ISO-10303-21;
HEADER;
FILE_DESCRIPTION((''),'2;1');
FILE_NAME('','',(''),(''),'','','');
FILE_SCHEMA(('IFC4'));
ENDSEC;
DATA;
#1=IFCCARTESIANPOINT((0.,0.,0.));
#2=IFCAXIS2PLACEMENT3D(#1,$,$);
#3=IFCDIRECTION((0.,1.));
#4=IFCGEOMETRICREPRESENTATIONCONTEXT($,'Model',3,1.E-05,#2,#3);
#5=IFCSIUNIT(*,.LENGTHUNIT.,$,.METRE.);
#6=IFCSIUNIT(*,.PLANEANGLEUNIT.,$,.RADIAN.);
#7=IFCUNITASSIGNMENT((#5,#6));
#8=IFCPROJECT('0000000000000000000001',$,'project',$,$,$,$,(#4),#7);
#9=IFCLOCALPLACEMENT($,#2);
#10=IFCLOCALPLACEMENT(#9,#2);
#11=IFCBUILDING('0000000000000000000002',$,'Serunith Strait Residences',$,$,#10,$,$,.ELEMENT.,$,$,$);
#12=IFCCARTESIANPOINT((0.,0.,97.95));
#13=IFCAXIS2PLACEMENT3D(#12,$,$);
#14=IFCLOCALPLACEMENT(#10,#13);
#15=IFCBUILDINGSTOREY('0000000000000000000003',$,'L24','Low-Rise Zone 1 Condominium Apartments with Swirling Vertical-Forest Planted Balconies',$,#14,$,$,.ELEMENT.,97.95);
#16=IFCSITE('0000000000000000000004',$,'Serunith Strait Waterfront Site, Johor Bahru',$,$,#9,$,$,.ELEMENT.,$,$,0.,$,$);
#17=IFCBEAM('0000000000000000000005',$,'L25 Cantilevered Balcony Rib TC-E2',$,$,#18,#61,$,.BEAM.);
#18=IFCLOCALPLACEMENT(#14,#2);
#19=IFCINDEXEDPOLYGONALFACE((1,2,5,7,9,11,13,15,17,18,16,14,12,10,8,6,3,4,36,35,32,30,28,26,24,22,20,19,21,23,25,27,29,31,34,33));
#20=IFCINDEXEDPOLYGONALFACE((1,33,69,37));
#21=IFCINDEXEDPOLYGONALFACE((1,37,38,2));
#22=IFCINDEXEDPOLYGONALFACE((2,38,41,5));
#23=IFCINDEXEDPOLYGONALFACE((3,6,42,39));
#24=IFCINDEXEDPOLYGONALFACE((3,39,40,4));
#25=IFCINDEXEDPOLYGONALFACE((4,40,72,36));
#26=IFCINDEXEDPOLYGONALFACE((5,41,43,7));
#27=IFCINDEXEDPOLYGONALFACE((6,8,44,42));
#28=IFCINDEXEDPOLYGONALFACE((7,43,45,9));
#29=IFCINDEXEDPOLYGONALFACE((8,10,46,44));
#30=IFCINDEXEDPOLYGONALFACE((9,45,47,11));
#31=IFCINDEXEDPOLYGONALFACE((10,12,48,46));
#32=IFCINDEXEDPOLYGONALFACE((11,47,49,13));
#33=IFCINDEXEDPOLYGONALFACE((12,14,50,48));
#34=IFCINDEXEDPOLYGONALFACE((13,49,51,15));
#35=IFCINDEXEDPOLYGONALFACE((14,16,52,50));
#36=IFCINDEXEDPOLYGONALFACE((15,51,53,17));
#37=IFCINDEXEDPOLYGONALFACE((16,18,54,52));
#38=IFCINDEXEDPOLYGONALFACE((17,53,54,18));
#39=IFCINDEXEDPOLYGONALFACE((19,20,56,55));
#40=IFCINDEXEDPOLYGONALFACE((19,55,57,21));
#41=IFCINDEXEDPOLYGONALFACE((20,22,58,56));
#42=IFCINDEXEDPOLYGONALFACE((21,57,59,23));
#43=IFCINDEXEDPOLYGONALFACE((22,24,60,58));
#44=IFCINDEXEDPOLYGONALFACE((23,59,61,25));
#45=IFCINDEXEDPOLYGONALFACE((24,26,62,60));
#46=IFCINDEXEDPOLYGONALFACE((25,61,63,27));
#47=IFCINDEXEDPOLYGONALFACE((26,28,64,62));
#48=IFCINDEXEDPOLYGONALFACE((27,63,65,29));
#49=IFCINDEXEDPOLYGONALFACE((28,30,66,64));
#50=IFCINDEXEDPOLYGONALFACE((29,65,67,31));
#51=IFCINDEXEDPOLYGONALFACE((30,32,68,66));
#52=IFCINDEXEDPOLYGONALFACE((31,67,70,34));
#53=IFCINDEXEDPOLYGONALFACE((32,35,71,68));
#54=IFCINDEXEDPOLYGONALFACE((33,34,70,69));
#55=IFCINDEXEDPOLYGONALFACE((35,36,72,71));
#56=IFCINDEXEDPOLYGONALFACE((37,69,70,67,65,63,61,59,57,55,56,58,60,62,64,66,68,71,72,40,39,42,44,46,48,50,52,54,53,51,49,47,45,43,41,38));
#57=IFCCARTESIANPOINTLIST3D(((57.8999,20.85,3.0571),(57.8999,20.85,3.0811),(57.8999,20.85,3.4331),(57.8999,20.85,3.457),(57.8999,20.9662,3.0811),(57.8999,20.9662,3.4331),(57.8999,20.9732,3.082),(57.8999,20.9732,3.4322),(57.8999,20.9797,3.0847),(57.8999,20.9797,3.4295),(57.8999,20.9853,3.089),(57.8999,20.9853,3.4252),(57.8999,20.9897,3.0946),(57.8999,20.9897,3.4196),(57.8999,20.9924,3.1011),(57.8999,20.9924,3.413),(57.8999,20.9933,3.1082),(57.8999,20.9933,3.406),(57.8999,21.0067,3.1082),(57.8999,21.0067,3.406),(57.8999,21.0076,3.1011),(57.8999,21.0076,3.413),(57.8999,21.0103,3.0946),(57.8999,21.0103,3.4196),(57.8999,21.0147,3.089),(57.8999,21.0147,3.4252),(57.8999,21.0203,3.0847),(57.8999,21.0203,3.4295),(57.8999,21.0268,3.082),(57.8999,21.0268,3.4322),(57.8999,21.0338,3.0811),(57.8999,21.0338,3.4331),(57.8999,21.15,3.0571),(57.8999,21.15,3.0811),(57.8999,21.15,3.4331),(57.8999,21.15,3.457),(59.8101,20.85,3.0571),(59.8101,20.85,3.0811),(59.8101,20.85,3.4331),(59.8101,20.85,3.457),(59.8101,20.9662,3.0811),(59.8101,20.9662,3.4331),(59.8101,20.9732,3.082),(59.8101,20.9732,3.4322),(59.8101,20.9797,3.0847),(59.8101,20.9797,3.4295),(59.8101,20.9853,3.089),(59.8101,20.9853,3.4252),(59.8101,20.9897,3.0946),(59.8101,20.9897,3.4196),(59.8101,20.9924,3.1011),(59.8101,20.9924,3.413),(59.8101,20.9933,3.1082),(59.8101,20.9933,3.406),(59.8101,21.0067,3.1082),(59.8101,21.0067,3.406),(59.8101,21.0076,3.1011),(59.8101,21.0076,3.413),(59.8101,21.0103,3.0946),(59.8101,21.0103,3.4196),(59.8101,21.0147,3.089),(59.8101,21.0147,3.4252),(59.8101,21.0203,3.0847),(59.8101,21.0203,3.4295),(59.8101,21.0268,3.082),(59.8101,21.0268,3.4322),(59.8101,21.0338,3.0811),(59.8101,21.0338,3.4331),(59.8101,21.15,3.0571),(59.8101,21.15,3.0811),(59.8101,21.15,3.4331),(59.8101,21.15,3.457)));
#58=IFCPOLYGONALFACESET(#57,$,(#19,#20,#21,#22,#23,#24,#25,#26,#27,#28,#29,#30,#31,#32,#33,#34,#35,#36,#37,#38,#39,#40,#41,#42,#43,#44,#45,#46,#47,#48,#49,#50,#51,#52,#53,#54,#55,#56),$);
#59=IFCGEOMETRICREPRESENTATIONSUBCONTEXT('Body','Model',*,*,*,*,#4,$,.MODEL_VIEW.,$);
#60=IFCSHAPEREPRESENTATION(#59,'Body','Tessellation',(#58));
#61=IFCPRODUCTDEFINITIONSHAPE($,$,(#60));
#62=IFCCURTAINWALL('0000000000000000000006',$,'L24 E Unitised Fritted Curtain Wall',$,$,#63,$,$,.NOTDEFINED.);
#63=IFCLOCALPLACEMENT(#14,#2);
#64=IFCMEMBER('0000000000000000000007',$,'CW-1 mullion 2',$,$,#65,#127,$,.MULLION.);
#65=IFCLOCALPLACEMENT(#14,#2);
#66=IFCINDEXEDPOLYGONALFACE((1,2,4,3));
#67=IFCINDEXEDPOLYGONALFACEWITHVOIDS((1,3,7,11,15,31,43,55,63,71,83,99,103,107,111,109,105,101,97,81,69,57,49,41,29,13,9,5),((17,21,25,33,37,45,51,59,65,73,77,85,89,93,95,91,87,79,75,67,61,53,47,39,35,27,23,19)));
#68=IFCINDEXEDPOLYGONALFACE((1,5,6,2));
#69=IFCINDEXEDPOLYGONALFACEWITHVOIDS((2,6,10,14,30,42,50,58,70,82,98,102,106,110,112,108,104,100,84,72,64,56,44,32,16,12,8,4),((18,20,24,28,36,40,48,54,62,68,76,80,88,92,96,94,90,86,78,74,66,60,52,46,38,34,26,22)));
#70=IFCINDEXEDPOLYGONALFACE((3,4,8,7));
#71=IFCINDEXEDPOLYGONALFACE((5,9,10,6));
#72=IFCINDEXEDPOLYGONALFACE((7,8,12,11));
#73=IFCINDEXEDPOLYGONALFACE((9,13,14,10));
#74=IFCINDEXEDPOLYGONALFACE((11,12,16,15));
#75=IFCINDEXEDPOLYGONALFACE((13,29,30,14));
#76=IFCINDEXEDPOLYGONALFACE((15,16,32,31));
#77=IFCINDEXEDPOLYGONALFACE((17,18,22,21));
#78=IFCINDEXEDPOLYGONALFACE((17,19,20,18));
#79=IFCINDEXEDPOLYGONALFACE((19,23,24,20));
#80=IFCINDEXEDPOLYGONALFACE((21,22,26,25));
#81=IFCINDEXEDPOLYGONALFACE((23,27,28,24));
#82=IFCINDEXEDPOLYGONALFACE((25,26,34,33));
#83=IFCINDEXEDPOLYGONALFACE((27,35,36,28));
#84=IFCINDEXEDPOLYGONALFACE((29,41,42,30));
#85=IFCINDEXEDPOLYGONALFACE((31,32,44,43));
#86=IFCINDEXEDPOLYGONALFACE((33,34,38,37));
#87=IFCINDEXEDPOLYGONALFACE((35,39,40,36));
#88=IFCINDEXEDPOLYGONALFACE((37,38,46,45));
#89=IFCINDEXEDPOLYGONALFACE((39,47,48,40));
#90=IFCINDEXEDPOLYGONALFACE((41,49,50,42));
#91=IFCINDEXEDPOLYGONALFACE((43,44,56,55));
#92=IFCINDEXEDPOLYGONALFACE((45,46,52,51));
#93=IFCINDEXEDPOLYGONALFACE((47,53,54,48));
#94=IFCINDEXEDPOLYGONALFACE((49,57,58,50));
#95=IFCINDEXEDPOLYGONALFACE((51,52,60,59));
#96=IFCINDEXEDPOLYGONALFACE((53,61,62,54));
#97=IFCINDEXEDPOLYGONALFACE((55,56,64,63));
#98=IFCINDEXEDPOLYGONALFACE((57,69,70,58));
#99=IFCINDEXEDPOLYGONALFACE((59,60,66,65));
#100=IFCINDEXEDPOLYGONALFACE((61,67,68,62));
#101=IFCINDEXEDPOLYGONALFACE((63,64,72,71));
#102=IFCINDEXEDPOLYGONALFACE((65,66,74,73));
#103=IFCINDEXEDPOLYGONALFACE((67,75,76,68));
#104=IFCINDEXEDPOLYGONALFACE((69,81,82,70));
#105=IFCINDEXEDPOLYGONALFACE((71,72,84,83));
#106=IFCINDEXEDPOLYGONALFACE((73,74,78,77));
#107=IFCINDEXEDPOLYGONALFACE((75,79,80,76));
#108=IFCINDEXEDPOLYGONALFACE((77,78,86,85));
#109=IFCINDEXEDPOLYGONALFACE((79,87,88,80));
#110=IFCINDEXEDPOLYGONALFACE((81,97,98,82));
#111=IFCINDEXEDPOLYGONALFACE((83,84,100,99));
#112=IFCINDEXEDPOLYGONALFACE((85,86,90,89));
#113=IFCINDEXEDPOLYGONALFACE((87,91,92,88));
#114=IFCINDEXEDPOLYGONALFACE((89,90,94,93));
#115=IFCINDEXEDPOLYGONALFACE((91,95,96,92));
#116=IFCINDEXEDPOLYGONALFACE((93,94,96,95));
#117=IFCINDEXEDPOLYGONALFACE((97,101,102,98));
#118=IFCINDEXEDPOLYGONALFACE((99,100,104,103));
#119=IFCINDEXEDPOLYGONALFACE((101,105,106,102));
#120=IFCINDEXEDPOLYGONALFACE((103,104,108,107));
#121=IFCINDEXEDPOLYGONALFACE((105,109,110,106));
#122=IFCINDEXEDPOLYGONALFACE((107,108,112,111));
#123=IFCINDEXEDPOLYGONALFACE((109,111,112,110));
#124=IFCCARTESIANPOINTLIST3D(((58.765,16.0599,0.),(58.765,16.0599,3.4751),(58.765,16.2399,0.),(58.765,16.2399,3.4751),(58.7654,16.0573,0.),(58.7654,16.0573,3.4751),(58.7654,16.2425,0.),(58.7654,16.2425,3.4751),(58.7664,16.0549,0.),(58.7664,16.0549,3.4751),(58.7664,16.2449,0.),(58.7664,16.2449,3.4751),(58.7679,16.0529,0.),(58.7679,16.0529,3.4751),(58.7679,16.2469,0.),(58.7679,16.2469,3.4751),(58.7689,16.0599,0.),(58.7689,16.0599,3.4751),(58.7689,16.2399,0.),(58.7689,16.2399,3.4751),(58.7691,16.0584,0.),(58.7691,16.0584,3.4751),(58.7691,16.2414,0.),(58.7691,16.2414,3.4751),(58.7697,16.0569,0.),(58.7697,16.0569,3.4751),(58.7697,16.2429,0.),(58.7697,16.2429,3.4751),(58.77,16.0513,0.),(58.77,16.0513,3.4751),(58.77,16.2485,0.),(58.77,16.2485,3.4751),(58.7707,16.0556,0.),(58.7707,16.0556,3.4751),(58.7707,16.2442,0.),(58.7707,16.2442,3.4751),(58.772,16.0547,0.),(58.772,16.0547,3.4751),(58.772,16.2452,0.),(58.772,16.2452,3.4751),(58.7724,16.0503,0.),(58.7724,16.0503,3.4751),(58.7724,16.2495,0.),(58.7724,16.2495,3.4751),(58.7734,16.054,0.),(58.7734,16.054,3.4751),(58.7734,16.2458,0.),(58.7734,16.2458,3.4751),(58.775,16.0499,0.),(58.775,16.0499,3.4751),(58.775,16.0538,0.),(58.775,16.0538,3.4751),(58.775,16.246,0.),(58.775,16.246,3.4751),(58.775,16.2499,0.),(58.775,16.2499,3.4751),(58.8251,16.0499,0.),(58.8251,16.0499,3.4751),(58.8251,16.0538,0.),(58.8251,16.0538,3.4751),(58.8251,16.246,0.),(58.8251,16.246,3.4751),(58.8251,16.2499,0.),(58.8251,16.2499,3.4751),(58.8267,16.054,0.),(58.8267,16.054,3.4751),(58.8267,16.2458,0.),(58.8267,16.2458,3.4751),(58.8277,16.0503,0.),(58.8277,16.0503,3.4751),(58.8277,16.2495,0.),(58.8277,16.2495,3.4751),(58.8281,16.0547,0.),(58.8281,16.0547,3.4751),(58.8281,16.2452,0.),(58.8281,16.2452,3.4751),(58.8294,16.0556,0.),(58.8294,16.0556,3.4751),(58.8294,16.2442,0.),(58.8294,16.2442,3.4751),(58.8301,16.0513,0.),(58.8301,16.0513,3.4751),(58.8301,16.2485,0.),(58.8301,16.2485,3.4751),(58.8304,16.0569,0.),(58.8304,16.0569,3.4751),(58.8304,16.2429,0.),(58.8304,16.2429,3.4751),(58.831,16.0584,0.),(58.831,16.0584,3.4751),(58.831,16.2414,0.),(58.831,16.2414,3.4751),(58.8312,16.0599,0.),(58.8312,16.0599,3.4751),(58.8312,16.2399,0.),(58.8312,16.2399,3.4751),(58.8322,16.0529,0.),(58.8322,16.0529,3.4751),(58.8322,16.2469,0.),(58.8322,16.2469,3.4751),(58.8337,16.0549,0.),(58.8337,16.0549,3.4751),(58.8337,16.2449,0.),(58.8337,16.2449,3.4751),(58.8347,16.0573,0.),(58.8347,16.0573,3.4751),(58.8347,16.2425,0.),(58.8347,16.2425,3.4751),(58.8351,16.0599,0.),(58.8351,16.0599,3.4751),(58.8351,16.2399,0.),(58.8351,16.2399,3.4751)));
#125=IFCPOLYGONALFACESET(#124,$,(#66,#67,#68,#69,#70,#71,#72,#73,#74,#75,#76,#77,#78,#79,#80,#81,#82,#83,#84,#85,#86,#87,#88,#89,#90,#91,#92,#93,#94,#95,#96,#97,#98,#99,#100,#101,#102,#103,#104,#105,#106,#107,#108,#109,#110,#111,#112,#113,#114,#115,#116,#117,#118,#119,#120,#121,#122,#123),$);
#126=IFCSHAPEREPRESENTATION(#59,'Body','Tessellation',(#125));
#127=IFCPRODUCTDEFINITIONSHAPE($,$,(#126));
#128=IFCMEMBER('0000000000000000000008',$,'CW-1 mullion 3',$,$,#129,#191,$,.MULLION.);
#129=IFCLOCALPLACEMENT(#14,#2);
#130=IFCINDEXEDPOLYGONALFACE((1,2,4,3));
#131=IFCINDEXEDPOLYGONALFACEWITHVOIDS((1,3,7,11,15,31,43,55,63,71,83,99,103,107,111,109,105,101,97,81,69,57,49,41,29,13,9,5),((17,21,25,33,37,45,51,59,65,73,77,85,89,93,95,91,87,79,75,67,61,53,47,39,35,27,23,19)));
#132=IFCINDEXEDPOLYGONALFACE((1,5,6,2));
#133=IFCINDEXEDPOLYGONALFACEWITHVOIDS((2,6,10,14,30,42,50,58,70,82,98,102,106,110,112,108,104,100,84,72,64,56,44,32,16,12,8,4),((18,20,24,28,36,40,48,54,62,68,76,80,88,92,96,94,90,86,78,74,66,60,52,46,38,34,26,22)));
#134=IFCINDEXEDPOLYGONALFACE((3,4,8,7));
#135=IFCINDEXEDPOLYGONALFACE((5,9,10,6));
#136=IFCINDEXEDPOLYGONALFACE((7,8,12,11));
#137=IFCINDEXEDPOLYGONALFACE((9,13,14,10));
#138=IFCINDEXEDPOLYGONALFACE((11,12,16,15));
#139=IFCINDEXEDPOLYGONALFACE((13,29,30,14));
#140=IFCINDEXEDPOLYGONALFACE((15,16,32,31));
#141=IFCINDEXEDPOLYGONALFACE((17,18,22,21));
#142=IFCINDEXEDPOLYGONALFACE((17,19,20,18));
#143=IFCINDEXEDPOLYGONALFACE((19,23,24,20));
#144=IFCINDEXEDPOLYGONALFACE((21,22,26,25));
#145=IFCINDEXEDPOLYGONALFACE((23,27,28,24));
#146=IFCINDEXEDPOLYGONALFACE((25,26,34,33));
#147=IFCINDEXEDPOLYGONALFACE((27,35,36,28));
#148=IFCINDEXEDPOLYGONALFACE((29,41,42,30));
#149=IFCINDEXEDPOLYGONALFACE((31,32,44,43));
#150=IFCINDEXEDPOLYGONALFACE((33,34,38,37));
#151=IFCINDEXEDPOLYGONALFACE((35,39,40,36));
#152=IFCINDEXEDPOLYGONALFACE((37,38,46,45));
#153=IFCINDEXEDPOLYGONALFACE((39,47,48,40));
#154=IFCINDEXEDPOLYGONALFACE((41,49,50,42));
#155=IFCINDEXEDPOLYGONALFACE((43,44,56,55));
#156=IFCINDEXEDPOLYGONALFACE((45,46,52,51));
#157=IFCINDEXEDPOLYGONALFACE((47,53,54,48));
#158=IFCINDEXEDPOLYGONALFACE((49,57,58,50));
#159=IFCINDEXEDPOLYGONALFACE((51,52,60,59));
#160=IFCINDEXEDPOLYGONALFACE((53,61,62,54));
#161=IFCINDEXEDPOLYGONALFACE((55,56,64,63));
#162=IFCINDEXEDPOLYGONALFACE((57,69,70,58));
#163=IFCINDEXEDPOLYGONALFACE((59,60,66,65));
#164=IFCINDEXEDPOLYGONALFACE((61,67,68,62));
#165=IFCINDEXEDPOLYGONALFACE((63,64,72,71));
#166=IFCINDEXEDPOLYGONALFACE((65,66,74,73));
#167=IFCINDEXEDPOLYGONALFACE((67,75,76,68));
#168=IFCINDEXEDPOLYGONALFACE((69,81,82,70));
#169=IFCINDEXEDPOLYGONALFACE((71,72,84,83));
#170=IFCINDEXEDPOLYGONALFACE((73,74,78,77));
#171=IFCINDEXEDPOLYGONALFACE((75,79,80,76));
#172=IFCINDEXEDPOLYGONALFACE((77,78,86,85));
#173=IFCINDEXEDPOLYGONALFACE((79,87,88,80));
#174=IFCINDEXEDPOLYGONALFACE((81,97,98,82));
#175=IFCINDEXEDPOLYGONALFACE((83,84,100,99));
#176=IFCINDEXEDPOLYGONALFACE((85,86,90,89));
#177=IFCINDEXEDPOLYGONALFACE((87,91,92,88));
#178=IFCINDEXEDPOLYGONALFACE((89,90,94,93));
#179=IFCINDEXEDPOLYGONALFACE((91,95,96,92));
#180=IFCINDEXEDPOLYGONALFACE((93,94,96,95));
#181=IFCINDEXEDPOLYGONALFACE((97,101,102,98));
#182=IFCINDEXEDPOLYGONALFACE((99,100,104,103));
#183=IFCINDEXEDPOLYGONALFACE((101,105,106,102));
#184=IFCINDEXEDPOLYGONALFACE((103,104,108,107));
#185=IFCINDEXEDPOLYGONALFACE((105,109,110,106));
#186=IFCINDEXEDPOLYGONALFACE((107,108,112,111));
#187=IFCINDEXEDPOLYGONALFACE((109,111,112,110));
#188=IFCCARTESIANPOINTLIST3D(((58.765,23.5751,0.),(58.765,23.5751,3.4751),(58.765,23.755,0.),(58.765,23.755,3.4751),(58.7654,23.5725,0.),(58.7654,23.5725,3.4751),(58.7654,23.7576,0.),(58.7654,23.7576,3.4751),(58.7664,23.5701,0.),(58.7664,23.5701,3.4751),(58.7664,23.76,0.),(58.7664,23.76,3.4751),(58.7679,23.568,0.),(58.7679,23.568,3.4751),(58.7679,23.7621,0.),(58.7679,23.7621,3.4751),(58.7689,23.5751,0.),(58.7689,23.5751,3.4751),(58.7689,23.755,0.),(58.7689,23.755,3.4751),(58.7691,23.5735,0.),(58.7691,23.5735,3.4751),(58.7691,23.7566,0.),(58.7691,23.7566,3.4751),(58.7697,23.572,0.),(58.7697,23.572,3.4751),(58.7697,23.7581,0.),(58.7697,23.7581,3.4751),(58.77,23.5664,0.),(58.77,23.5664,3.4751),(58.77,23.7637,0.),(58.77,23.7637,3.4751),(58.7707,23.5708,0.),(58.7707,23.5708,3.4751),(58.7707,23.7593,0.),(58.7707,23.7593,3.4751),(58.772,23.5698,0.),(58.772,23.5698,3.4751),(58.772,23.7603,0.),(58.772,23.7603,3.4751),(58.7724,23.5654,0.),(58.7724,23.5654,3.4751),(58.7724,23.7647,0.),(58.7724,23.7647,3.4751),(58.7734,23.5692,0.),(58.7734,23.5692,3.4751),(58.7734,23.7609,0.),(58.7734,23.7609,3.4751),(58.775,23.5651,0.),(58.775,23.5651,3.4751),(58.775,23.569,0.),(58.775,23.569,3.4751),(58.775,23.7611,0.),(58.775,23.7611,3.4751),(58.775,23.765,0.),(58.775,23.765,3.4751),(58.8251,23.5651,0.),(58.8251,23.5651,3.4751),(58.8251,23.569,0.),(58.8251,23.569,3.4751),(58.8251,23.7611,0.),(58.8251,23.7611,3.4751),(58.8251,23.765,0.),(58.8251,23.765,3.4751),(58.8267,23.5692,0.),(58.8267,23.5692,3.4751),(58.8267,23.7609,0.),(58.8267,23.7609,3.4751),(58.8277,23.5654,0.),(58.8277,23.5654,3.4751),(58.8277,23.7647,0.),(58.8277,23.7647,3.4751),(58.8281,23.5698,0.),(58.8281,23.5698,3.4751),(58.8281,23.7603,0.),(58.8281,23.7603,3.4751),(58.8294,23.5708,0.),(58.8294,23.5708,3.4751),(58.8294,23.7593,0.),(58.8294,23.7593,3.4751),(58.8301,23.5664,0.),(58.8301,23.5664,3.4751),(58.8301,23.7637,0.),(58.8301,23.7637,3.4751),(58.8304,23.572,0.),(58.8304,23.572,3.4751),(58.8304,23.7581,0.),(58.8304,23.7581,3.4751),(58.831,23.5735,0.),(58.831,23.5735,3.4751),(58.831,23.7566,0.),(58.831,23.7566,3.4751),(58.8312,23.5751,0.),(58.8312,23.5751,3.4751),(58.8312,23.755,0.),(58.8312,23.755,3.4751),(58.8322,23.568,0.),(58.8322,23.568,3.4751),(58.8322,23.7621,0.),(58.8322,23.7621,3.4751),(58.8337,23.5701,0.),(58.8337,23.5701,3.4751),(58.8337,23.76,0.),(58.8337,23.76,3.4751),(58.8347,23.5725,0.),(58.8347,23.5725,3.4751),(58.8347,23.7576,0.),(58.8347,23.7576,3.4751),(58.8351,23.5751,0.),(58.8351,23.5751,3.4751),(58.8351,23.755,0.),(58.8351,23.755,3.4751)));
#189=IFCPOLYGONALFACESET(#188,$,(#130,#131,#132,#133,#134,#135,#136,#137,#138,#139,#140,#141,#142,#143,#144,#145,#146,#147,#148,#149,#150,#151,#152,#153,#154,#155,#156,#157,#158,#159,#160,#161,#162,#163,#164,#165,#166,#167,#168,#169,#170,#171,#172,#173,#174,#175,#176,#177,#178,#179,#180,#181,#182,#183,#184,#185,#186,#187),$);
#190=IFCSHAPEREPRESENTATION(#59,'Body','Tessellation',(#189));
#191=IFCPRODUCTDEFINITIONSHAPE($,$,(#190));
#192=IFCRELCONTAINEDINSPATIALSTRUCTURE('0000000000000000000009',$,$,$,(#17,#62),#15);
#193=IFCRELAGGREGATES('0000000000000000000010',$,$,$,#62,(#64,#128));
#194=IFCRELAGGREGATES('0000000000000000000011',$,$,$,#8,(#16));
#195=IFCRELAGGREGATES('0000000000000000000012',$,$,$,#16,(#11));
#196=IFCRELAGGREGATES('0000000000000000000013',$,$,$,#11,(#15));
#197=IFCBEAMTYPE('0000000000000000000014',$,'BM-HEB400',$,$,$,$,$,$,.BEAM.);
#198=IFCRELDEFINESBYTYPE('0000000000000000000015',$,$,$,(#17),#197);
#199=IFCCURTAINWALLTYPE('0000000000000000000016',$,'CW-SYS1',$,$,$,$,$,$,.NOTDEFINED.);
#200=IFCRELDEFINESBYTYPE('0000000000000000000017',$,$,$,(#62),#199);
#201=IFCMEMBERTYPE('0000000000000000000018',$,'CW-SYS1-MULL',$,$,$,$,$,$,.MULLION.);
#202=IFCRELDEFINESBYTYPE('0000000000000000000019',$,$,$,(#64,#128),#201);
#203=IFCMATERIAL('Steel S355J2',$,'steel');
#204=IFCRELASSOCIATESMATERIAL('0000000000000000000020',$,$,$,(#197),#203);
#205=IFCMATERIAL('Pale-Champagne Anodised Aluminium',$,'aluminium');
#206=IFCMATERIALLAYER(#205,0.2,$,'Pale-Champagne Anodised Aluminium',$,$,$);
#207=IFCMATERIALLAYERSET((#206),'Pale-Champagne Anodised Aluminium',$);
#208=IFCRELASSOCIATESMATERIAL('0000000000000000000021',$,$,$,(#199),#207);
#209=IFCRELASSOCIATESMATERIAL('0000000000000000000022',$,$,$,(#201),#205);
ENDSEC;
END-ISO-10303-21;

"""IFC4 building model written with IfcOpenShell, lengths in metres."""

from ifc_helpers import new_model, si_unit, direction, frame, origin, origin_2d, place, context, subcontext, project, spatial, hollow_rectangle, i_section, extrude, source, transform, mapped, material, layer, layer_set, material_profile, profile_set, type_object, element, aggregate, save


model = new_model("IFC4")

# Units and contexts
model_context = context("Model", 3, precision=1e-05, world=origin(), true_north=direction((0.0, 1.0)))
body_context = subcontext(model_context, "Body", "Model", "MODEL_VIEW")
ifc_project = project(units=[si_unit("LENGTHUNIT", "METRE"), si_unit("PLANEANGLEUNIT", "RADIAN")], contexts=[model_context])

# Site, building, storey
site_placement = place(None, origin())
site = spatial("IfcSite", under=ifc_project, at=site_placement, Name="Serunith Strait Waterfront Site, Johor Bahru", CompositionType="ELEMENT", RefElevation=0.0)
building_placement = place(site_placement, origin())
building = spatial("IfcBuilding", under=site, at=building_placement, Name="Serunith Strait Residences", CompositionType="ELEMENT")
storey_placement = place(building_placement, frame((0.0, 0.0, 97.95)))
storey = spatial("IfcBuildingStorey", under=building, at=storey_placement, Name="L24", Description="Low-Rise Zone 1 Condominium Apartments with Swirling Vertical-Forest Planted Balconies", CompositionType="ELEMENT", Elevation=97.95)

# Beam
ifc_material_1 = material(Name="Steel S355J2", Category="steel")
ifc_material_profile_1 = material_profile(ifc_material_1, i_section(OverallWidth=0.3, OverallDepth=0.3999, WebThickness=0.0134, FlangeThickness=0.0239, FilletRadius=0.0271, at=origin_2d()), Name="HEB 400")
ifc_profile_set_1 = profile_set([ifc_material_profile_1], Name="Steel S355J2")
beam_type_1 = type_object("IfcBeamType", Name="BM-HEB400", PredefinedType="BEAM", material=ifc_profile_set_1)
shared_shape_1 = source(origin(), body_context, "Body", "SweptSolid", [
    extrude(i_section(OverallWidth=0.3, OverallDepth=0.3999, WebThickness=0.0134, FlangeThickness=0.0239, FilletRadius=0.0271, at=origin_2d()), origin(), (0.0, 0.0, 1.0), 1.9102),
])
for number, where, z_axis, x_axis, name in (
    (1, (57.8999, 21.0, 3.2571), (1.0, 0.0, 0.0), (0.0, 1.0, 0.0), "L25 Cantilevered Balcony Rib TC-E2"),
):
    element("IfcBeam", number, at=place(storey_placement, frame(where, z_axis=z_axis, x_axis=x_axis)), inside=storey, type_object=beam_type_1, Name=name, PredefinedType="BEAM", context=body_context, shape_type="MappedRepresentation", body=[
        mapped(shared_shape_1, transform((0.0, 0.0, 0.0), scale=1.0)),
    ])

# Curtain wall, members
ifc_material_2 = material(Name="Pale-Champagne Anodised Aluminium", Category="aluminium")
ifc_layer_1 = layer(ifc_material_2, 0.2, Name="Pale-Champagne Anodised Aluminium")
ifc_layer_set_1 = layer_set([ifc_layer_1], Name="Pale-Champagne Anodised Aluminium")
curtain_wall_type = type_object("IfcCurtainWallType", Name="CW-SYS1", PredefinedType="NOTDEFINED", material=ifc_layer_set_1)
curtain_wall_placement = place(storey_placement, origin())
curtain_wall = element("IfcCurtainWall", 2, at=curtain_wall_placement, inside=storey, type_object=curtain_wall_type, Name="L24 E Unitised Fritted Curtain Wall", PredefinedType="NOTDEFINED")
ifc_material_profile_2 = material_profile(ifc_material_2, hollow_rectangle(XDim=0.0701, YDim=0.2, WallThickness=0.0039, InnerFilletRadius=0.0061, OuterFilletRadius=0.01, at=origin_2d()), Name="ALU 200x70x4")
ifc_profile_set_2 = profile_set([ifc_material_profile_2], Name="Pale-Champagne Anodised Aluminium")
member_type_1 = type_object("IfcMemberType", Name="CW-SYS1-MULL", PredefinedType="MULLION", material=ifc_profile_set_2)
shared_shape_2 = source(origin(), body_context, "Body", "SweptSolid", [
    extrude(hollow_rectangle(XDim=0.0701, YDim=0.2, WallThickness=0.0039, InnerFilletRadius=0.0061, OuterFilletRadius=0.01, at=origin_2d()), origin(), (0.0, 0.0, 1.0), 3.4751),
])
member_1_placement = place(storey_placement, frame((58.8, 16.1499, 0.0), z_axis=(0.0, 0.0, 1.0), x_axis=(-1.0, 0.0, 0.0)))
member_1 = element("IfcMember", 3, at=member_1_placement, type_object=member_type_1, Name="CW-1 mullion 2", PredefinedType="MULLION", context=body_context, shape_type="MappedRepresentation", body=[
    mapped(shared_shape_2, transform((0.0, 0.0, 0.0), scale=1.0)),
])
member_2_placement = place(storey_placement, frame((58.8, 23.665, 0.0), z_axis=(0.0, 0.0, 1.0), x_axis=(-1.0, 0.0, 0.0)))
member_2 = element("IfcMember", 4, at=member_2_placement, type_object=member_type_1, Name="CW-1 mullion 3", PredefinedType="MULLION", context=body_context, shape_type="MappedRepresentation", body=[
    mapped(shared_shape_2, transform((0.0, 0.0, 0.0), scale=1.0)),
])
aggregate(curtain_wall, [member_1, member_2])

save(model, "model.ifc")
